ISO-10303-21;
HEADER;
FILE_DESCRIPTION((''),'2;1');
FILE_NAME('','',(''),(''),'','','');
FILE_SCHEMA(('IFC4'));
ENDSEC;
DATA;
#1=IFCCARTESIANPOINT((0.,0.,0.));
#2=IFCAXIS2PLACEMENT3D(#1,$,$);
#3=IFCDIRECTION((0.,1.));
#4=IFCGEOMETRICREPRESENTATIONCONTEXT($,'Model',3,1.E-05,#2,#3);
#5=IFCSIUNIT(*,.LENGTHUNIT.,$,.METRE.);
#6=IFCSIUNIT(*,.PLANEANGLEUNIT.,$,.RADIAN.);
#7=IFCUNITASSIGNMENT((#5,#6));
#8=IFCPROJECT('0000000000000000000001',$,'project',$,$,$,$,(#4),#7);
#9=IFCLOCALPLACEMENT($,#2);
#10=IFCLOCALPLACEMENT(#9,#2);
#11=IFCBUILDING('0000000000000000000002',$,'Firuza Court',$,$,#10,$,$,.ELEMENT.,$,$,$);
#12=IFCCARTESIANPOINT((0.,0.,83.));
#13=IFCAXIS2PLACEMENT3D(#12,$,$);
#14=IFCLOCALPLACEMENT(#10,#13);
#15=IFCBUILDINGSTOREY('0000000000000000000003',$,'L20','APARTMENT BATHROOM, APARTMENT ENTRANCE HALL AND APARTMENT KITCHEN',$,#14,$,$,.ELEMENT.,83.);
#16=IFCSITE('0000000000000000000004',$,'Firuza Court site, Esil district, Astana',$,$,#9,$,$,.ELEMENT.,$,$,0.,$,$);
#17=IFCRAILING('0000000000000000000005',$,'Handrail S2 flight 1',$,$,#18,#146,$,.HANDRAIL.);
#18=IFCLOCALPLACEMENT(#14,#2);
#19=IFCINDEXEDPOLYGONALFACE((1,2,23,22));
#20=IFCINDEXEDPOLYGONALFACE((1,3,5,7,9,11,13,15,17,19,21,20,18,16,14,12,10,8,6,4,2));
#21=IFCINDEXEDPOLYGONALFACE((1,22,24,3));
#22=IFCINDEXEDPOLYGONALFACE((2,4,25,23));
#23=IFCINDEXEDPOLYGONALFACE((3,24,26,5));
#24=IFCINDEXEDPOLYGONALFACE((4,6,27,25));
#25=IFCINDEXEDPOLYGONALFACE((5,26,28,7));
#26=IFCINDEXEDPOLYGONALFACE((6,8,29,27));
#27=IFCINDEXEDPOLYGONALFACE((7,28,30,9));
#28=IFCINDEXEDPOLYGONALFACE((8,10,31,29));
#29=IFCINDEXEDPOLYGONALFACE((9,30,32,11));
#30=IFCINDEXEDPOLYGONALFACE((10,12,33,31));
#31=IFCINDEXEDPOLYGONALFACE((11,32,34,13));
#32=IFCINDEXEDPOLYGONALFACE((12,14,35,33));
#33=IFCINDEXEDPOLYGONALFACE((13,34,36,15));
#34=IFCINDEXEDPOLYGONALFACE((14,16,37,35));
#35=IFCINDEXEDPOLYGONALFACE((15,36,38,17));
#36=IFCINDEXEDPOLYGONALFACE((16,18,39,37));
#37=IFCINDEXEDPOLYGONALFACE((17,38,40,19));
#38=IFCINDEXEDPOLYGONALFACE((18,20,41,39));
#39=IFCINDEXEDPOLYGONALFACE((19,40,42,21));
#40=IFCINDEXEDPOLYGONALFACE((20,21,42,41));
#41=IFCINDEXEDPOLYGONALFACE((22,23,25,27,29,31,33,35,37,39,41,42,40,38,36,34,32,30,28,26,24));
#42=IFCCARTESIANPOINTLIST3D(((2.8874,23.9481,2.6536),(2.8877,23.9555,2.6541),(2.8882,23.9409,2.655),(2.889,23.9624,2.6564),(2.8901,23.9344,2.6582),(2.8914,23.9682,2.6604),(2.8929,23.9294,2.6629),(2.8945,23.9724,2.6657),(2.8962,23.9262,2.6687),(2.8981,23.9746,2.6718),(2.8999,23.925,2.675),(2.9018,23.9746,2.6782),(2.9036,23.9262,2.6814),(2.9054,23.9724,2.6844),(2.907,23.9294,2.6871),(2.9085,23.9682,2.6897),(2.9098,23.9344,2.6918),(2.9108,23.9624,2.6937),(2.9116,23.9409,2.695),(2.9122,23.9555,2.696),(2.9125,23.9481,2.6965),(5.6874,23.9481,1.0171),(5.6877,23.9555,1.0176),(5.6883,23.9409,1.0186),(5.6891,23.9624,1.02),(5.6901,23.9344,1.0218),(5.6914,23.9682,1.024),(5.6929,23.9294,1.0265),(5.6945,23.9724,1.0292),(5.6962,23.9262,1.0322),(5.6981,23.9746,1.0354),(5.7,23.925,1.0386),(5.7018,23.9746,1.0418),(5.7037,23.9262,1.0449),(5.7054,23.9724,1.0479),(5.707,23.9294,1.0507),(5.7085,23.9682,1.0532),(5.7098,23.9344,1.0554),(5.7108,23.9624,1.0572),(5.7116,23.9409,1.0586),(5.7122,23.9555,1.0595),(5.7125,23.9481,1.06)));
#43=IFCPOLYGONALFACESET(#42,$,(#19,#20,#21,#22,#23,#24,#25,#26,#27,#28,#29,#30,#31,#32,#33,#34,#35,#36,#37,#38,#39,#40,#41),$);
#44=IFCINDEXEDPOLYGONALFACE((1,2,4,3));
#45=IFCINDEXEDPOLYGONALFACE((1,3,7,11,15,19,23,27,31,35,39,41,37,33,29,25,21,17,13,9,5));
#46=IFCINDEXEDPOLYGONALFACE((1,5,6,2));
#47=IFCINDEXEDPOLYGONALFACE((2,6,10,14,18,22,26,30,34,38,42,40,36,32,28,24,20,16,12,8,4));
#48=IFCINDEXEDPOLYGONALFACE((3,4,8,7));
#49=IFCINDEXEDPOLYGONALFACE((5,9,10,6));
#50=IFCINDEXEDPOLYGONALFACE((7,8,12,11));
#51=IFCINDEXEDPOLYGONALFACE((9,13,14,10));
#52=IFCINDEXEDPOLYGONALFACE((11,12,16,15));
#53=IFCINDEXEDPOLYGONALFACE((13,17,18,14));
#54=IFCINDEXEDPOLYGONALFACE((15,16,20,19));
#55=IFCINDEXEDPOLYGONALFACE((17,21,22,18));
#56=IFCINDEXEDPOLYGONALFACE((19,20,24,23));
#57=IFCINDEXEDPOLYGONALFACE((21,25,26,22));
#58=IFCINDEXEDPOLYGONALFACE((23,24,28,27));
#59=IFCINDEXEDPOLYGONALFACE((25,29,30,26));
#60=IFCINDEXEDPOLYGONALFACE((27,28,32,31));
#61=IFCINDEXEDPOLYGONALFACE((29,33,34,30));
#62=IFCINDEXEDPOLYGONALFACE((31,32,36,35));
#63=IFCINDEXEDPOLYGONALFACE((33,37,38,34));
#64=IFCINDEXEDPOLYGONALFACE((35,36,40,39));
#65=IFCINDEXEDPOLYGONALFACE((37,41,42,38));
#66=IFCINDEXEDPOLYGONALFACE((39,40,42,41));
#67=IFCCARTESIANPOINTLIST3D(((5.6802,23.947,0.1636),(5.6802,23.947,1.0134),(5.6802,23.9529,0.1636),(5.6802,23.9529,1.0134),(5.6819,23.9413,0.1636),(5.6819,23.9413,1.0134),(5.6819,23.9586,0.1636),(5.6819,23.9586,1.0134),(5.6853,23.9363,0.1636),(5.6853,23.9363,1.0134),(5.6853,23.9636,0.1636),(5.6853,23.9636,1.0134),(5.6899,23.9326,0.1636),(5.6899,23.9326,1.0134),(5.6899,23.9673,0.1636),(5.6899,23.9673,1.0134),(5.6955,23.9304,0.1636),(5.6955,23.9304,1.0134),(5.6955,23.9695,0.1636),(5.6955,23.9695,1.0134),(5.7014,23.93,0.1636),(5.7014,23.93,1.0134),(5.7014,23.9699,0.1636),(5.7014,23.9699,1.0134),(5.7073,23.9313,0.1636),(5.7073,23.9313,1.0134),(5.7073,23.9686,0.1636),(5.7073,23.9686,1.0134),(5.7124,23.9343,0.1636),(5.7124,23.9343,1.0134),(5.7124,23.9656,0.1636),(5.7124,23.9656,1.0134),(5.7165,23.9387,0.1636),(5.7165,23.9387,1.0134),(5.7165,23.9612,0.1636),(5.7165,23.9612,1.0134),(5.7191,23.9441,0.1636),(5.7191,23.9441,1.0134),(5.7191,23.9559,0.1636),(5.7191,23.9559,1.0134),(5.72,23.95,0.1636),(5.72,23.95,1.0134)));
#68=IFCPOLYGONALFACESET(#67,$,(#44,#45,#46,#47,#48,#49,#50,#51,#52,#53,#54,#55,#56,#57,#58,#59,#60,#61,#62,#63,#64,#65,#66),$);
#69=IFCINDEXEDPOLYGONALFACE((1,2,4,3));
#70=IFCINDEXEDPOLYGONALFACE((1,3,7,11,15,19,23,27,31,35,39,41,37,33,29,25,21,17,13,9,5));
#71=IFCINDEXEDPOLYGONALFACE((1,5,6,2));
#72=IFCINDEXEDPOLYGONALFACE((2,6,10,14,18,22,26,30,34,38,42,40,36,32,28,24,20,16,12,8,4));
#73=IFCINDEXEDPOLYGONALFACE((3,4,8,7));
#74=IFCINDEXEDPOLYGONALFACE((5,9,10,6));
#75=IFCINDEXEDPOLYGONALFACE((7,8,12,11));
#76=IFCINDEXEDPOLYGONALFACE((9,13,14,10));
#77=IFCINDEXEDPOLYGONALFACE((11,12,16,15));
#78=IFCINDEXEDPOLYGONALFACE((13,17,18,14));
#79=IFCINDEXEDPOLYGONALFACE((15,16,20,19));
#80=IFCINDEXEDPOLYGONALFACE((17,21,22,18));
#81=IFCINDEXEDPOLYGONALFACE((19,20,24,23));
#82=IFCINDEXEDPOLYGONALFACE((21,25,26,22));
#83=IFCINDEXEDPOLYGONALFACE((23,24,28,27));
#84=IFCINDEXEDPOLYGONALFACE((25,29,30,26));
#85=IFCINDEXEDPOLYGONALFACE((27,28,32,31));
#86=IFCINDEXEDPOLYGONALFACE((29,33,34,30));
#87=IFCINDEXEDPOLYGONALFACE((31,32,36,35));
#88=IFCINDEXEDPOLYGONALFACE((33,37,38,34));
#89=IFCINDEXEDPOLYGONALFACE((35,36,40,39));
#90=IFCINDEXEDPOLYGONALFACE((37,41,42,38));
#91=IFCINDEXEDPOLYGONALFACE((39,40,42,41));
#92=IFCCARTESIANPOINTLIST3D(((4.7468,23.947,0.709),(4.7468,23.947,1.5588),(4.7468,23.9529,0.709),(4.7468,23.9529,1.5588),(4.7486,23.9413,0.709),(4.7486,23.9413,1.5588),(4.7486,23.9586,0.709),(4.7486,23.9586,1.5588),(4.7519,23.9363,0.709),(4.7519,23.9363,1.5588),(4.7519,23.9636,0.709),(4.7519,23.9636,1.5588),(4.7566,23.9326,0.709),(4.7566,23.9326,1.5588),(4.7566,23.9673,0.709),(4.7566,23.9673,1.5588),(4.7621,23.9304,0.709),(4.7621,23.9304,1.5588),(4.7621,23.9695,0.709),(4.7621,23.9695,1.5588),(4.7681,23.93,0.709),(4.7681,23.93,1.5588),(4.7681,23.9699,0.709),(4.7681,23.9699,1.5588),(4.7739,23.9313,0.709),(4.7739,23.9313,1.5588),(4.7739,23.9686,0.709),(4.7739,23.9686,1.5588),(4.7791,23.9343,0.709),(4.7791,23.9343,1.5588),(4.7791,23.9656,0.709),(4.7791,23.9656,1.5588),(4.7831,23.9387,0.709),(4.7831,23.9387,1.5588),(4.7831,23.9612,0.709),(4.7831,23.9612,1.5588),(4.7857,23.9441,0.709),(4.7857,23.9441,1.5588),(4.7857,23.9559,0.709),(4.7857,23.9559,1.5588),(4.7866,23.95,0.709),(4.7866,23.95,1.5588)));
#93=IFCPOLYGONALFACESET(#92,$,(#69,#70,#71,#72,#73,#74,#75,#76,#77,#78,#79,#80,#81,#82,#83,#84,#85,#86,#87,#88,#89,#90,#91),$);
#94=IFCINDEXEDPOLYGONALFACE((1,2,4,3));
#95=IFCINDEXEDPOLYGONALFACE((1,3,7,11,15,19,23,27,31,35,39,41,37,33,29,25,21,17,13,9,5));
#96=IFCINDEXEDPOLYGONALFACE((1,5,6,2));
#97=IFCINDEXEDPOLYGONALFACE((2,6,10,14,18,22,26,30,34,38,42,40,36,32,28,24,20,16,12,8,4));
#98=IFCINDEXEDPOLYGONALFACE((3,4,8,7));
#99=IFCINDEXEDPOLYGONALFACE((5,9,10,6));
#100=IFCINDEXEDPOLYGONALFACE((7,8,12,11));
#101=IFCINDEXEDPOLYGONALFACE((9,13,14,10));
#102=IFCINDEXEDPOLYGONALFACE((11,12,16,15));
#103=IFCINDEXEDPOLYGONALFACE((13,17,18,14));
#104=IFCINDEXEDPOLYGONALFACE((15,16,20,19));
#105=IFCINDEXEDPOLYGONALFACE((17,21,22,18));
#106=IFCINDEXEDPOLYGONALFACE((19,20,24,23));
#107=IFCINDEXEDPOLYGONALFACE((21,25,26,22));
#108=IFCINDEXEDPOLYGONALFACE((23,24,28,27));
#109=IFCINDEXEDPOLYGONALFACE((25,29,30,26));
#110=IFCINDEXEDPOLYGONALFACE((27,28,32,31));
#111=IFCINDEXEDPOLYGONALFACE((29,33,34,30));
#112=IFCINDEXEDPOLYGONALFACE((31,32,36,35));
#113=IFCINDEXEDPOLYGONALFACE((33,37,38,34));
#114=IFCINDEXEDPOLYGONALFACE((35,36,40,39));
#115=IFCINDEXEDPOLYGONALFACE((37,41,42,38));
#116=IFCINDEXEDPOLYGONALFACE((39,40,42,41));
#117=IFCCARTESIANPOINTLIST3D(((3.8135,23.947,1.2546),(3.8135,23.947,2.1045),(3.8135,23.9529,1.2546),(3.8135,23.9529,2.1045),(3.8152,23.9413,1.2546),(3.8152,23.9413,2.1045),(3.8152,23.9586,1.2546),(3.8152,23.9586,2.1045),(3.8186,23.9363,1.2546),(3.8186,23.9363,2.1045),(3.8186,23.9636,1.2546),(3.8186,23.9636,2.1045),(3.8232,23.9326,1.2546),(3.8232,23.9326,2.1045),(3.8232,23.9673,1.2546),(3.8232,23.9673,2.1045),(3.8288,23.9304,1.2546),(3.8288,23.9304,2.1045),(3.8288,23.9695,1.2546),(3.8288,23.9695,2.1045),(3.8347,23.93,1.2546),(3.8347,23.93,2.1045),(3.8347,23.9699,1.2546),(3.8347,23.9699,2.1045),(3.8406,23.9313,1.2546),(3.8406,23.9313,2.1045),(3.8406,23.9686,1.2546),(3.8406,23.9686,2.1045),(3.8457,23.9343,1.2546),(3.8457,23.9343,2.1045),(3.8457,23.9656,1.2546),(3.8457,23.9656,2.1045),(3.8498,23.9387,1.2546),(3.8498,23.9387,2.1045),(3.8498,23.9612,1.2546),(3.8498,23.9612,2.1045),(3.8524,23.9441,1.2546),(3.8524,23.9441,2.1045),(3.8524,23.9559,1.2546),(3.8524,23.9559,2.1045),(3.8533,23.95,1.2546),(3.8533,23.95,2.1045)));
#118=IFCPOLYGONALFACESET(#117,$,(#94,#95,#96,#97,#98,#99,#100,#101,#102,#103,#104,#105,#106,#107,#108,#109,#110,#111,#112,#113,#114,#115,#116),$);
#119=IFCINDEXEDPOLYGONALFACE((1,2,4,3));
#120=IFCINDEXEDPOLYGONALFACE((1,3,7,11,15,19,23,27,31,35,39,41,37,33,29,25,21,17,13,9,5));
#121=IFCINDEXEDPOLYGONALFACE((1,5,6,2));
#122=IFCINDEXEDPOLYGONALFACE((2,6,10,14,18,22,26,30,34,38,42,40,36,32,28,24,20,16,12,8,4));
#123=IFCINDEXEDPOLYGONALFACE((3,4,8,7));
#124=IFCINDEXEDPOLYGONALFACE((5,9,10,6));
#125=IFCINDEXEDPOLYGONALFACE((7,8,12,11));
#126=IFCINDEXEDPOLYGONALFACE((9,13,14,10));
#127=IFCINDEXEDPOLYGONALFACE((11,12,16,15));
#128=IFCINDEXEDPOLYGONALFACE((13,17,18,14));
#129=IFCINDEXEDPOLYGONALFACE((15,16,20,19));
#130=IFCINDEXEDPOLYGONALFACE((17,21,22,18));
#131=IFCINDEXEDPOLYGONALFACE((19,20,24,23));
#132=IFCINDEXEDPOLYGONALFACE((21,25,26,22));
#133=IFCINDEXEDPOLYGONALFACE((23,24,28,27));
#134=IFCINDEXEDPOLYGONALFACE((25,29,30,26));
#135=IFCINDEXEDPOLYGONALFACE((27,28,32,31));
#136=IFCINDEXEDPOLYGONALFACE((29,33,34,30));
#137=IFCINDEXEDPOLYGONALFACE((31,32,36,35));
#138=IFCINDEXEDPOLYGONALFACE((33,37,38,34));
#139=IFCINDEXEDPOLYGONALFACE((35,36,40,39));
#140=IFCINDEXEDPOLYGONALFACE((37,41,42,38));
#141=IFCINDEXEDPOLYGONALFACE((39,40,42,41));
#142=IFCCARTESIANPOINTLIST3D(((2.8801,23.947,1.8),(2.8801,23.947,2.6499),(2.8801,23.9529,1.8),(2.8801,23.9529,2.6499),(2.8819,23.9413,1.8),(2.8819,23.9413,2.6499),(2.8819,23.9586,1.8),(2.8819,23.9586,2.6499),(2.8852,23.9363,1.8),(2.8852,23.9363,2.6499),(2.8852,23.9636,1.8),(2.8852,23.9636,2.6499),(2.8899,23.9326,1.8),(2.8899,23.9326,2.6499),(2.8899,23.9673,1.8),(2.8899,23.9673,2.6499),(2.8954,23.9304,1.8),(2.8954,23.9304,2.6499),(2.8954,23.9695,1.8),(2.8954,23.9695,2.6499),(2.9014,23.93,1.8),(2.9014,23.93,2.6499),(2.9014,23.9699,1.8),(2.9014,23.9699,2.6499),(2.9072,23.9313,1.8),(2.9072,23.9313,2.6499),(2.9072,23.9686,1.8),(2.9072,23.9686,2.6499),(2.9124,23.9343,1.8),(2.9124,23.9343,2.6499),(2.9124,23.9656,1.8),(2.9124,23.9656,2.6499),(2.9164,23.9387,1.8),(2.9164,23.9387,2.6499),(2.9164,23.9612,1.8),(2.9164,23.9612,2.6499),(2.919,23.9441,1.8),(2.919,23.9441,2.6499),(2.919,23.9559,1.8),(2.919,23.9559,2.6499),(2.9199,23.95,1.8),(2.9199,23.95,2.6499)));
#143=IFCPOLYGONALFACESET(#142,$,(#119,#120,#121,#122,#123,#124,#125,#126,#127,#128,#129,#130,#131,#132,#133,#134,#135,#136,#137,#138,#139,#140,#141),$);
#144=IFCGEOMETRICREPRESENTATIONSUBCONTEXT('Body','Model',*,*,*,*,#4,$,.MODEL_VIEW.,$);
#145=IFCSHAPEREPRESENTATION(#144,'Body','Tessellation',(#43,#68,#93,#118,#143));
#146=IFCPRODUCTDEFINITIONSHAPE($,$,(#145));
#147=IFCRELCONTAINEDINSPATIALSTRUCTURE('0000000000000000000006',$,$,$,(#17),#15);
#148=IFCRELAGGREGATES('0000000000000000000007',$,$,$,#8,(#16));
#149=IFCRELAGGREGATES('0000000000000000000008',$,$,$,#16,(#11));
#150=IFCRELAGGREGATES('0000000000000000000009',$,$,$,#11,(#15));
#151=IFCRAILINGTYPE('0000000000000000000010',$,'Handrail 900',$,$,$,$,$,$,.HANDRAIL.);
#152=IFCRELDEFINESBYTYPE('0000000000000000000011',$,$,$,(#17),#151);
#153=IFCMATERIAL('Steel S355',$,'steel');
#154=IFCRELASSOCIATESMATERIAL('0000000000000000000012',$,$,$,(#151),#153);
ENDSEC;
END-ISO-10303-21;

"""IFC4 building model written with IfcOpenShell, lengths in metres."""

from ifc_helpers import new_model, si_unit, direction, frame, origin, origin_2d, place, context, subcontext, project, spatial, circle, extrude, material, type_object, element, save


model = new_model("IFC4")

# Units and contexts
model_context = context("Model", 3, precision=1e-05, world=origin(), true_north=direction((0.0, 1.0)))
body_context = subcontext(model_context, "Body", "Model", "MODEL_VIEW")
ifc_project = project(units=[si_unit("LENGTHUNIT", "METRE"), si_unit("PLANEANGLEUNIT", "RADIAN")], contexts=[model_context])

# Site, building, storey
site_placement = place(None, origin())
site = spatial("IfcSite", under=ifc_project, at=site_placement, Name="Firuza Court site, Esil district, Astana", CompositionType="ELEMENT", RefElevation=0.0)
building_placement = place(site_placement, origin())
building = spatial("IfcBuilding", under=site, at=building_placement, Name="Firuza Court", CompositionType="ELEMENT")
storey_placement = place(building_placement, frame((0.0, 0.0, 83.0)))
storey = spatial("IfcBuildingStorey", under=building, at=storey_placement, Name="L20", Description="APARTMENT BATHROOM, APARTMENT ENTRANCE HALL AND APARTMENT KITCHEN", CompositionType="ELEMENT", Elevation=83.0)

# Railing
ifc_material_1 = material(Name="Steel S355", Category="steel")
railing_type_1 = type_object("IfcRailingType", Name="Handrail 900", PredefinedType="HANDRAIL", material=ifc_material_1)
railing_1_placement = place(storey_placement, frame((5.7, 23.95, 0.1636)))
element("IfcRailing", 1, at=railing_1_placement, inside=storey, type_object=railing_type_1, Name="Handrail S2 flight 1", PredefinedType="HANDRAIL", context=body_context, shape_type="SweptSolid", body=[
    extrude(circle(Radius=0.0249, at=origin_2d()), frame((0.0, 0.0, 0.875), z_axis=(-0.863361, 0.0, 0.504587), x_axis=(0.0, -1.0, 0.0)), (0.0, 0.0, 1.0), 3.2432),
    extrude(circle(Radius=0.02, at=origin_2d()), origin(), (0.0, 0.0, 1.0), 0.8499),
    extrude(circle(Radius=0.02, at=origin_2d()), frame((-0.9333, 0.0, 0.5454)), (0.0, 0.0, 1.0), 0.8499),
    extrude(circle(Radius=0.02, at=origin_2d()), frame((-1.8667, 0.0, 1.0911)), (0.0, 0.0, 1.0), 0.8499),
    extrude(circle(Radius=0.02, at=origin_2d()), frame((-2.8, 0.0, 1.6365)), (0.0, 0.0, 1.0), 0.8499),
])

save(model, "model.ifc")
